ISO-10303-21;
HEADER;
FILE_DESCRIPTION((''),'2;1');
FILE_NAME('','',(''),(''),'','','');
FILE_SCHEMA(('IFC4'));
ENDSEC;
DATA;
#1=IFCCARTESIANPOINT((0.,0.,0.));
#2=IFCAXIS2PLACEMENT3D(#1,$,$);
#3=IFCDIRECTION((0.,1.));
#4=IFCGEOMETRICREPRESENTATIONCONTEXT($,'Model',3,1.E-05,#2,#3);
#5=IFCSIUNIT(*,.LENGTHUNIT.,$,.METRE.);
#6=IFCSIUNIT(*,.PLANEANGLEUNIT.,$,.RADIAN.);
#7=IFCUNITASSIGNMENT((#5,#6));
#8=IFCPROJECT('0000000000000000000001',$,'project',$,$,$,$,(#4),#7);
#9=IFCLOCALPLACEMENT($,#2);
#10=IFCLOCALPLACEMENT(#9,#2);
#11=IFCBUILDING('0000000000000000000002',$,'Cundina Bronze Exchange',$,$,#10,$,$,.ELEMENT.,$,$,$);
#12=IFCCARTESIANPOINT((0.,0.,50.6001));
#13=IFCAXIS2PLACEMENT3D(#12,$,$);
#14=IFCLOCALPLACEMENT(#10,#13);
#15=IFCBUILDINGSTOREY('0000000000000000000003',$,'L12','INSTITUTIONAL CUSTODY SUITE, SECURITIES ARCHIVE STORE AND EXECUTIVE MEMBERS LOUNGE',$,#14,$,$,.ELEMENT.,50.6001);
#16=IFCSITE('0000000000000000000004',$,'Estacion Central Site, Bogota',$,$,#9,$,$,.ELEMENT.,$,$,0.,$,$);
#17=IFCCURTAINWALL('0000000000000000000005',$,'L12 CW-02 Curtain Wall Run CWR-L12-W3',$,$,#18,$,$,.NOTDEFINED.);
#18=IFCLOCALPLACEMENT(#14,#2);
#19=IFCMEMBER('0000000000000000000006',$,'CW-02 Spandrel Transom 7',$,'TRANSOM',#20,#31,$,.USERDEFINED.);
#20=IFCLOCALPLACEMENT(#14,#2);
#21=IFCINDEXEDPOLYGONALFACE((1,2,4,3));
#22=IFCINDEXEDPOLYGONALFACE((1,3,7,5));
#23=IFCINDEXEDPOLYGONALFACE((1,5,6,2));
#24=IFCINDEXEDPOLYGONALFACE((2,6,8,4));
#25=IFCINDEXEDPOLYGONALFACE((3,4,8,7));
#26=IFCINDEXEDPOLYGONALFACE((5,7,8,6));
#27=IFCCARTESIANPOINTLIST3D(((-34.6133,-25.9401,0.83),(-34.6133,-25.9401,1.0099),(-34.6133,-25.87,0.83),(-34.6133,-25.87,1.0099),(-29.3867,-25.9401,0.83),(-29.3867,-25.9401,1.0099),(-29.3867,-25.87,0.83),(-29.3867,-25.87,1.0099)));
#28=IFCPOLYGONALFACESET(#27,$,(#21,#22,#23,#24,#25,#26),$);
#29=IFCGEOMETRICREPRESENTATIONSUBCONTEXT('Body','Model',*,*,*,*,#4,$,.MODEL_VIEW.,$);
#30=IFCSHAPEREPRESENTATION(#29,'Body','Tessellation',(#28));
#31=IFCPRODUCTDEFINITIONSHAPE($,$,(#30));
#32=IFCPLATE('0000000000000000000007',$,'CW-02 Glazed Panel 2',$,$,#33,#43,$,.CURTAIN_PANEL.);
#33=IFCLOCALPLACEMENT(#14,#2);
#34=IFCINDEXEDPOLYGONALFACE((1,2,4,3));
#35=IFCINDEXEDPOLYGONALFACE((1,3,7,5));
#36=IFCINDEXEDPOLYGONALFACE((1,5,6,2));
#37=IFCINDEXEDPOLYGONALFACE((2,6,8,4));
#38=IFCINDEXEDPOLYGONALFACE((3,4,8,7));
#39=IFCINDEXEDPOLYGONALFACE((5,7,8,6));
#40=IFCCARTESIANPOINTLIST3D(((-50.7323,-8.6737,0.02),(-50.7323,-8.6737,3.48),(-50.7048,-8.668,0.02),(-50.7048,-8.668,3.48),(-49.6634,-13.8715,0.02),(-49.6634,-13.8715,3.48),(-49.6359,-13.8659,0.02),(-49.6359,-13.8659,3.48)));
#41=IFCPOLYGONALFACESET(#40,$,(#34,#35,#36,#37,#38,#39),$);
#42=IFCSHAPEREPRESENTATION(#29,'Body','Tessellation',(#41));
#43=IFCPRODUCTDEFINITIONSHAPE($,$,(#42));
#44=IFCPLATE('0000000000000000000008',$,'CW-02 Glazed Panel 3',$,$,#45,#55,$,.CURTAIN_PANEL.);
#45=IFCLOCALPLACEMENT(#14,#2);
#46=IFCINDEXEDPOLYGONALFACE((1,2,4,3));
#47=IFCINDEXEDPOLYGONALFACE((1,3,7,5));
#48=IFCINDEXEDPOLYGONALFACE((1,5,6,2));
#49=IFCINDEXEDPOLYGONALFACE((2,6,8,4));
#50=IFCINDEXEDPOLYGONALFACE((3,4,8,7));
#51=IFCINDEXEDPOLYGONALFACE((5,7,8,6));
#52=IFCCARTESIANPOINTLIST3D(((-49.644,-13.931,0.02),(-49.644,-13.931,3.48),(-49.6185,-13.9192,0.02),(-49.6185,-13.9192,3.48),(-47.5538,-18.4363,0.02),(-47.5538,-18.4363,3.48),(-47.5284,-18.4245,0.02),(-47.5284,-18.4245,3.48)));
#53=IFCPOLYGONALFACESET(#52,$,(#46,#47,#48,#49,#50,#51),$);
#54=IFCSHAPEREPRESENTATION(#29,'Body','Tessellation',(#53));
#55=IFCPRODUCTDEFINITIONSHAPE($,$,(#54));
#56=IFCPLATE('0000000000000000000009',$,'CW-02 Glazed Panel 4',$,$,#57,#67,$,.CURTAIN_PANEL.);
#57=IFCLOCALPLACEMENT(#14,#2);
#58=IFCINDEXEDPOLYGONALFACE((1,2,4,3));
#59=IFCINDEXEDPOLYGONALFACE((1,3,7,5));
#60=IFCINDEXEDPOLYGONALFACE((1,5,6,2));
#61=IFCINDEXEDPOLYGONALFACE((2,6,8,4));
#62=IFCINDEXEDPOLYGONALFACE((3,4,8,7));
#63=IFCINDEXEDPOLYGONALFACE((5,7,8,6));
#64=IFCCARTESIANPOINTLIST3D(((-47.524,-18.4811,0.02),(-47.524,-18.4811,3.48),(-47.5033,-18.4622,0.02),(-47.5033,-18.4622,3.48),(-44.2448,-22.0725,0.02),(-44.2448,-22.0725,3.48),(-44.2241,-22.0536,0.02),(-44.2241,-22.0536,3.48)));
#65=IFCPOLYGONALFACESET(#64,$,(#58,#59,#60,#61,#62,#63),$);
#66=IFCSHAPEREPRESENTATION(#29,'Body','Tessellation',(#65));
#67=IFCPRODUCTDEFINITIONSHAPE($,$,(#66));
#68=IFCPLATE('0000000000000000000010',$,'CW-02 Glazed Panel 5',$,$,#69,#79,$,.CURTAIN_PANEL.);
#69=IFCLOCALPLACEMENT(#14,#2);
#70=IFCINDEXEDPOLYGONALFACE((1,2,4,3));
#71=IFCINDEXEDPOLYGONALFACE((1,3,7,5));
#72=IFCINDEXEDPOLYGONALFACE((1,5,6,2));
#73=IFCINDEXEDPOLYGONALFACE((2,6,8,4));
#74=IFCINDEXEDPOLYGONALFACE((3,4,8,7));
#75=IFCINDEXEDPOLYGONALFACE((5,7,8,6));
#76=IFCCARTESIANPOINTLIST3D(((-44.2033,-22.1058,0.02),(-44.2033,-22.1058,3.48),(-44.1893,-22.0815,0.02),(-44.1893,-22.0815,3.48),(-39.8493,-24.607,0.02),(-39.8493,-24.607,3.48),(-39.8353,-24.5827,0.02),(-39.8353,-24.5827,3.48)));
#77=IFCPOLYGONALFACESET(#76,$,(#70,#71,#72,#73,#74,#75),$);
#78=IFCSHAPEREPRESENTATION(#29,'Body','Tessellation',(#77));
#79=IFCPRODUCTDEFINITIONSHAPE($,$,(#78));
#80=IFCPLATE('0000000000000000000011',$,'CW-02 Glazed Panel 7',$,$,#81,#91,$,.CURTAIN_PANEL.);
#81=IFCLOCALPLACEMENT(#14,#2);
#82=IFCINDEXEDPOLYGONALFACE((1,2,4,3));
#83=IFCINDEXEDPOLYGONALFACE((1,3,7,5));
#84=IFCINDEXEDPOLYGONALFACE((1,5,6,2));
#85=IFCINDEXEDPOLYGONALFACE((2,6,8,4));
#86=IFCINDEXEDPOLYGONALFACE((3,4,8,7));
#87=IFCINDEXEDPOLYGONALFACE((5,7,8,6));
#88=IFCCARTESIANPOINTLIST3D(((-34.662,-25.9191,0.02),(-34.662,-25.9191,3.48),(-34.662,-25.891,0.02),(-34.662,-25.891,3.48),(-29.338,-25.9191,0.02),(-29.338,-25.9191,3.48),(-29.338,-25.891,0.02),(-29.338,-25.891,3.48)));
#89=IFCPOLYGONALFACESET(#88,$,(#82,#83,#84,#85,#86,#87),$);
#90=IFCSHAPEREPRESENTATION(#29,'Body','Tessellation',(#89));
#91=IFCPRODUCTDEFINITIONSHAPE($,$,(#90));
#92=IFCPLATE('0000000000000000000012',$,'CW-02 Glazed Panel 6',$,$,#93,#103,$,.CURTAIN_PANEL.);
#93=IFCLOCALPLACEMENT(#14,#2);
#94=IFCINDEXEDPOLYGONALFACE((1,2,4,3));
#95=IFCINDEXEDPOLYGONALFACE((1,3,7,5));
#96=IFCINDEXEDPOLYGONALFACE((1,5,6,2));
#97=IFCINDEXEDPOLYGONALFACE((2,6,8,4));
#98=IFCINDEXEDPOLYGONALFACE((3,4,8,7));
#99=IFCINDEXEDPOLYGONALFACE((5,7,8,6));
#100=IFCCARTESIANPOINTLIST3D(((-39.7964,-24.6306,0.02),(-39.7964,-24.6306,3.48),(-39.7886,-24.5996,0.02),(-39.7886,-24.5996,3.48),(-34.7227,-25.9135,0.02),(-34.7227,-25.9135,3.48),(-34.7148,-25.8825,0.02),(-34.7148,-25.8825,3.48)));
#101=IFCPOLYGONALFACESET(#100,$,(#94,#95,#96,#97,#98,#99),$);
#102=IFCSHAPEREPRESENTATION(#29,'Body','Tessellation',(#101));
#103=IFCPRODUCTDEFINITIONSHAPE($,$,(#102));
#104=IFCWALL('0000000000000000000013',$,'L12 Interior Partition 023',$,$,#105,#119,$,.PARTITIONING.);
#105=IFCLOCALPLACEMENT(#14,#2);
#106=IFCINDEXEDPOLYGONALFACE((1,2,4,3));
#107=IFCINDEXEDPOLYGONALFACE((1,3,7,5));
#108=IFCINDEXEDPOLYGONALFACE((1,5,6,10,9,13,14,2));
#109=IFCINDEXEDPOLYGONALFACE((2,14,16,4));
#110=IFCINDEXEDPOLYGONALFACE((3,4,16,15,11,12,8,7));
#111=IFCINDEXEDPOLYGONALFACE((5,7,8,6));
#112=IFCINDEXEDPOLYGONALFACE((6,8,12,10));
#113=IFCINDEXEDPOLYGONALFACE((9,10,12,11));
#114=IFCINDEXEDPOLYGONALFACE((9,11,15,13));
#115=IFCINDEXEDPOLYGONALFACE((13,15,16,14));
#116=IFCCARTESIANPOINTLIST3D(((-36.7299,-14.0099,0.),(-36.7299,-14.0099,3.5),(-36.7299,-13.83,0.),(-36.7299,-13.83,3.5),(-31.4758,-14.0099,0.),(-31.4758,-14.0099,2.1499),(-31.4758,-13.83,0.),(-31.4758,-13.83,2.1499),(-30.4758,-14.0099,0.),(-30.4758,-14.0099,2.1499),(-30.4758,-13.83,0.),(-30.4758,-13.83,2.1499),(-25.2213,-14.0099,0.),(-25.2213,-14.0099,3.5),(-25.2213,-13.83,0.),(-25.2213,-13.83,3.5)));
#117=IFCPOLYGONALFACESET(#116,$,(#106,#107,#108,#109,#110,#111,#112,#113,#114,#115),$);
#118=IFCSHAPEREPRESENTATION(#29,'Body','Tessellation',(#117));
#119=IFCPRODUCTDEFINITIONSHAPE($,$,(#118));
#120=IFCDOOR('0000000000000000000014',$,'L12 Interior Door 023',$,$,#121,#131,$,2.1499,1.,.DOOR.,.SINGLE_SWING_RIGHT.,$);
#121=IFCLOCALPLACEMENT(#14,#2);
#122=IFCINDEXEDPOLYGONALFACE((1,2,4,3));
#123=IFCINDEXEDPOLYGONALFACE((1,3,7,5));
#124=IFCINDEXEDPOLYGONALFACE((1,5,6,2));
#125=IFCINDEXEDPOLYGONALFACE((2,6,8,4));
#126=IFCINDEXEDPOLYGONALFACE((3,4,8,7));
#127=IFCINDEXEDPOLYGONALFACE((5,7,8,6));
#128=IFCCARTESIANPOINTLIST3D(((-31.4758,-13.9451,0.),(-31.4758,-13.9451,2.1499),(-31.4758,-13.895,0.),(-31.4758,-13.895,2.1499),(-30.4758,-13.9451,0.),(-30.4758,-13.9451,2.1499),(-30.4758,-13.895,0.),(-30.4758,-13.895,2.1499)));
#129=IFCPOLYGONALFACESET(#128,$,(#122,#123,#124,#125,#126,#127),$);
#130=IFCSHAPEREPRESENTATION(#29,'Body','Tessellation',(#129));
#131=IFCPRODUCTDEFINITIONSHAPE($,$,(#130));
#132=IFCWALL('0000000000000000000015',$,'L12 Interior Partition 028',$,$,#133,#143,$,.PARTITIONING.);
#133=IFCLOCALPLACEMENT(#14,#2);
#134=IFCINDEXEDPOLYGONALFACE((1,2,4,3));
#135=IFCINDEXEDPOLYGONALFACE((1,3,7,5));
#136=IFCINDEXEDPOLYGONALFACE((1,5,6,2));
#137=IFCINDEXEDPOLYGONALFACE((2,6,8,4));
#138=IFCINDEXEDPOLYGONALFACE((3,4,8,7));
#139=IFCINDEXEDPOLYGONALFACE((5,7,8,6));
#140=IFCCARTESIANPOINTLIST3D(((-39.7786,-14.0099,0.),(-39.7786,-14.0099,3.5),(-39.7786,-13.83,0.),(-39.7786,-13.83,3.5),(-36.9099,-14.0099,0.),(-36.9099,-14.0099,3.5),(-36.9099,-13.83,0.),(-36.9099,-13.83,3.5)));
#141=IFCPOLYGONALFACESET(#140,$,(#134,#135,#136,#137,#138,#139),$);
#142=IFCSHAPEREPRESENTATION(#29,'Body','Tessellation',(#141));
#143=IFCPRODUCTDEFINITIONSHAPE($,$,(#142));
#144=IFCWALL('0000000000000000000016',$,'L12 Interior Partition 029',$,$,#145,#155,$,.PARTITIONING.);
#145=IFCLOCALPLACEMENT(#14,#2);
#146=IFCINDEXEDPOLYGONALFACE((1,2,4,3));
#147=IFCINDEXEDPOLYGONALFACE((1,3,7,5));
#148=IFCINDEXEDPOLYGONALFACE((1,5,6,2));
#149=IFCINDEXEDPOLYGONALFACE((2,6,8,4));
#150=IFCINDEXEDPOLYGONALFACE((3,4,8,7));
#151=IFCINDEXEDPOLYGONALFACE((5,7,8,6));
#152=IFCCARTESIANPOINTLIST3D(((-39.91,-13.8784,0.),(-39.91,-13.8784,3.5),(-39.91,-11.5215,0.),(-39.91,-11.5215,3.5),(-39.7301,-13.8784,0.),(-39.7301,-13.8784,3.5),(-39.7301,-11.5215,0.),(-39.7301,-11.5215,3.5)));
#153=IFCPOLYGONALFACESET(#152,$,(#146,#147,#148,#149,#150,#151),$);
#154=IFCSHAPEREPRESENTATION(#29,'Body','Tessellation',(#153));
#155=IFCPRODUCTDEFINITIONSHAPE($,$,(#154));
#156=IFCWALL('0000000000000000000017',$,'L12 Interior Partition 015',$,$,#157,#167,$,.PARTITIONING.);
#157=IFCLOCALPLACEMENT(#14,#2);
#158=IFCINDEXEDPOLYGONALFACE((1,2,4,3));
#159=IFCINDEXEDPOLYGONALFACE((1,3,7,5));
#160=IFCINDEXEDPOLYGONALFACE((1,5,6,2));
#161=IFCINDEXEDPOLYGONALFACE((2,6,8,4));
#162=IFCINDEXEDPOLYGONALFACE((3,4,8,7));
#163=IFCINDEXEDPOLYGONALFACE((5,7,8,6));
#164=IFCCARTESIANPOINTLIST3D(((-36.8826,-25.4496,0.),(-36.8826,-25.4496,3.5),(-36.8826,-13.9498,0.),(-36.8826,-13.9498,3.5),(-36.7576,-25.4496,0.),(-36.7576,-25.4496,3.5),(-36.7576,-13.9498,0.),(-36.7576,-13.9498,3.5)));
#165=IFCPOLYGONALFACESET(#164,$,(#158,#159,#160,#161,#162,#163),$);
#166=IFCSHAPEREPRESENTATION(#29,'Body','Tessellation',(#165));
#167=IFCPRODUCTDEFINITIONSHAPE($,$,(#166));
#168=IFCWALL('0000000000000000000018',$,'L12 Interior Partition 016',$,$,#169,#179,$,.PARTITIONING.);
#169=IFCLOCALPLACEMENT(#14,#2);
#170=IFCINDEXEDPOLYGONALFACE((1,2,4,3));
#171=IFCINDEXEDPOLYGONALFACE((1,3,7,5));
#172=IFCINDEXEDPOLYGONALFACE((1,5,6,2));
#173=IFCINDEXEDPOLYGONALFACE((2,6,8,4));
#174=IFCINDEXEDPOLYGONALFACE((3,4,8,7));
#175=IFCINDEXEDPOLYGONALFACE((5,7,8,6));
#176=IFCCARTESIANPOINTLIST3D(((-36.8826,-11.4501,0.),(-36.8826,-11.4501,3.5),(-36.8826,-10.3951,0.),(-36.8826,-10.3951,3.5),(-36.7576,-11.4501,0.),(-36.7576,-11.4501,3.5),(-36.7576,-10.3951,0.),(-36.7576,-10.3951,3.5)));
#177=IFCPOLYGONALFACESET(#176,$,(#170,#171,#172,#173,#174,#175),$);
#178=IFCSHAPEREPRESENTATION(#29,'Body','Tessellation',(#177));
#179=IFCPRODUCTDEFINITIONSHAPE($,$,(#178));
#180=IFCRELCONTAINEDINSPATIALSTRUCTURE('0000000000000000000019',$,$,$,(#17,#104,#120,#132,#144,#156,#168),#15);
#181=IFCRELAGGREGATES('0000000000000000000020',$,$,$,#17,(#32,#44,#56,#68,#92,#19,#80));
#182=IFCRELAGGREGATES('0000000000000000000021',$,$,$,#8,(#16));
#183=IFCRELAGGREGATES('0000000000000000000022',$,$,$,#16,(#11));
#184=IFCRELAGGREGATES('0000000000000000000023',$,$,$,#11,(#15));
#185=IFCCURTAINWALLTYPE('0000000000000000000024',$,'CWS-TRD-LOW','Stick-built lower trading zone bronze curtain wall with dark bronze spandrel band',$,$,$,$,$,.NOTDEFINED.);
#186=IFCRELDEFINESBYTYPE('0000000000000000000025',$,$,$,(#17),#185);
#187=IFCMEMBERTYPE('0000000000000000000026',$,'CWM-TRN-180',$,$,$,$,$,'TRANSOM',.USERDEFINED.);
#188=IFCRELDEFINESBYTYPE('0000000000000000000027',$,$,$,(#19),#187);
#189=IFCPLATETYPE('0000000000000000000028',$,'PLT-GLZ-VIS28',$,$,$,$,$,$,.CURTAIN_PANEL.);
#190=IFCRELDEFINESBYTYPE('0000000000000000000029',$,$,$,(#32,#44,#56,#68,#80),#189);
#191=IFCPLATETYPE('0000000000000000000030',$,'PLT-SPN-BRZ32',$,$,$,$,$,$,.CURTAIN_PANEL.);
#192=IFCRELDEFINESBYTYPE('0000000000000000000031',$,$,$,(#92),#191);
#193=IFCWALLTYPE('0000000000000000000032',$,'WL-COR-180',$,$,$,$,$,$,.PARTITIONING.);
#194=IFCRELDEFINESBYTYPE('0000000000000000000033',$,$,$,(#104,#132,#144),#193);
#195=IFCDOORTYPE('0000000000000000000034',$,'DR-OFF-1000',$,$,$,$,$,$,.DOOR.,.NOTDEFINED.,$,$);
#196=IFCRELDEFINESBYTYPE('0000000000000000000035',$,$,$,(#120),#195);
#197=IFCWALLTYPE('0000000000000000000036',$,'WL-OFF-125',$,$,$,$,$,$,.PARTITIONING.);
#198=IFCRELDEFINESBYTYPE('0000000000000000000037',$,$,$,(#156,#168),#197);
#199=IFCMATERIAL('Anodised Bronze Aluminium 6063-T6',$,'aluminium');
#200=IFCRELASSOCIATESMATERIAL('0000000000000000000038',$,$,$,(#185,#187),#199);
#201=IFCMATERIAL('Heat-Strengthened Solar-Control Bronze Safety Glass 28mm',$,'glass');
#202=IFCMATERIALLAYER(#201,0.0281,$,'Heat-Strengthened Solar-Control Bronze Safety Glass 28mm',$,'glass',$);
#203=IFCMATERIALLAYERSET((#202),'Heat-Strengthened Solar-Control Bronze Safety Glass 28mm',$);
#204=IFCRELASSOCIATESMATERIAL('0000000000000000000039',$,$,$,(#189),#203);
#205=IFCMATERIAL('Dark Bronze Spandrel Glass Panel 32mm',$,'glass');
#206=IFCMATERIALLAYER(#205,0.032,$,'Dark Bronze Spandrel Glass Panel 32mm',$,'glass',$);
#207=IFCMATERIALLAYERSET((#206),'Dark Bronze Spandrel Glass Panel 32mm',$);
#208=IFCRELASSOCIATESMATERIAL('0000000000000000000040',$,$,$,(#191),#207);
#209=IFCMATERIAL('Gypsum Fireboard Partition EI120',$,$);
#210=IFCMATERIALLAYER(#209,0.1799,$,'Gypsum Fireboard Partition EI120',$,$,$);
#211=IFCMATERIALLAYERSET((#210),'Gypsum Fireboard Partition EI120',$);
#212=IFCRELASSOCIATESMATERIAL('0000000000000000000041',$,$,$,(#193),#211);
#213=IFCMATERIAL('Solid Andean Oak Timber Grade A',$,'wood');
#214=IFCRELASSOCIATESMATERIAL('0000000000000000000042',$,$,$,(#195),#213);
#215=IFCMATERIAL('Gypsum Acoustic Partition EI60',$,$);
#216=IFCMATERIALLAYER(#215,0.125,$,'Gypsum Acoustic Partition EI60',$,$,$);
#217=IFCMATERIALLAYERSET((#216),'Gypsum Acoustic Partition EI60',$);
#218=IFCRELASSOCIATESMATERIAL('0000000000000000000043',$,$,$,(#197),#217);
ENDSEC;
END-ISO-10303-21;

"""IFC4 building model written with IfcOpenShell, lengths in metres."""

from ifc_helpers import new_model, si_unit, direction, frame, frame_2d, origin, origin_2d, place, context, subcontext, project, spatial, rectangle, extrude, material, layer, layer_set, material_profile, profile_set, type_object, element, fill, aggregate, save


model = new_model("IFC4")

# Units and contexts
model_context = context("Model", 3, precision=1e-05, world=origin(), true_north=direction((0.0, 1.0)))
body_context = subcontext(model_context, "Body", "Model", "MODEL_VIEW")
ifc_project = project(units=[si_unit("LENGTHUNIT", "METRE"), si_unit("PLANEANGLEUNIT", "RADIAN")], contexts=[model_context])

# Site, building, storey
site_placement = place(None, origin())
site = spatial("IfcSite", under=ifc_project, at=site_placement, Name="Estacion Central Site, Bogota", CompositionType="ELEMENT", RefElevation=0.0)
building_placement = place(site_placement, origin())
building = spatial("IfcBuilding", under=site, at=building_placement, Name="Cundina Bronze Exchange", CompositionType="ELEMENT")
storey_placement = place(building_placement, frame((0.0, 0.0, 50.6001)))
storey = spatial("IfcBuildingStorey", under=building, at=storey_placement, Name="L12", Description="INSTITUTIONAL CUSTODY SUITE, SECURITIES ARCHIVE STORE AND EXECUTIVE MEMBERS LOUNGE", CompositionType="ELEMENT", Elevation=50.6001)

# Curtain wall, member, plates
ifc_material_1 = material(Name="Anodised Bronze Aluminium 6063-T6", Category="aluminium")
curtain_wall_type = type_object("IfcCurtainWallType", Name="CWS-TRD-LOW", Description="Stick-built lower trading zone bronze curtain wall with dark bronze spandrel band", PredefinedType="NOTDEFINED", material=ifc_material_1)
curtain_wall_placement = place(storey_placement, origin())
curtain_wall = element("IfcCurtainWall", 1, at=curtain_wall_placement, inside=storey, type_object=curtain_wall_type, Name="L12 CW-02 Curtain Wall Run CWR-L12-W3", PredefinedType="NOTDEFINED")
ifc_material_profile_1 = material_profile(ifc_material_1, rectangle(XDim=0.0701, YDim=0.1799, at=origin_2d()), Name="AL70X180", Category="aluminium")
ifc_profile_set_1 = profile_set([ifc_material_profile_1], Name="Anodised Bronze Aluminium 6063-T6")
member_type_1 = type_object("IfcMemberType", Name="CWM-TRN-180", ElementType="TRANSOM", PredefinedType="USERDEFINED", material=ifc_profile_set_1)
member_1_placement = place(storey_placement, frame((-34.6133, -25.905, 0.9199), z_axis=(1.0, 0.0, 0.0), x_axis=(0.0, 1.0, 0.0)))
member_1 = element("IfcMember", 2, at=member_1_placement, type_object=member_type_1, Name="CW-02 Spandrel Transom 7", ObjectType="TRANSOM", PredefinedType="USERDEFINED", context=body_context, shape_type="SweptSolid", body=[
    extrude(rectangle(XDim=0.0701, YDim=0.1799, at=origin_2d()), origin(), (0.0, 0.0, 1.0), 5.2266),
])
ifc_material_2 = material(Name="Heat-Strengthened Solar-Control Bronze Safety Glass 28mm", Category="glass")
ifc_layer_1 = layer(ifc_material_2, 0.0281, Name="Heat-Strengthened Solar-Control Bronze Safety Glass 28mm", Category="glass")
ifc_layer_set_1 = layer_set([ifc_layer_1], Name="Heat-Strengthened Solar-Control Bronze Safety Glass 28mm")
plate_type_1 = type_object("IfcPlateType", Name="PLT-GLZ-VIS28", PredefinedType="CURTAIN_PANEL", material=ifc_layer_set_1)
plate_1_placement = place(storey_placement, frame((-50.1841, -11.2698, 0.02), z_axis=(0.0, 0.0, 1.0), x_axis=(0.20142, -0.979505, 0.0)))
plate_1 = element("IfcPlate", 3, at=plate_1_placement, type_object=plate_type_1, Name="CW-02 Glazed Panel 2", PredefinedType="CURTAIN_PANEL", context=body_context, shape_type="SweptSolid", body=[
    extrude(rectangle(XDim=5.3066, YDim=0.0281, at=origin_2d()), origin(), (0.0, 0.0, 1.0), 3.46),
])
plate_2_placement = place(storey_placement, frame((-48.5862, -16.1777, 0.02), z_axis=(0.0, 0.0, 1.0), x_axis=(0.420846, -0.907132, 0.0)))
plate_2 = element("IfcPlate", 4, at=plate_2_placement, type_object=plate_type_1, Name="CW-02 Glazed Panel 3", PredefinedType="CURTAIN_PANEL", context=body_context, shape_type="SweptSolid", body=[
    extrude(rectangle(XDim=4.9666, YDim=0.0281, at=origin_2d()), origin(), (0.0, 0.0, 1.0), 3.46),
])
plate_3_placement = place(storey_placement, frame((-45.874, -20.2673, 0.02), z_axis=(0.0, 0.0, 1.0), x_axis=(0.674277, -0.738479, 0.0)))
plate_3 = element("IfcPlate", 5, at=plate_3_placement, type_object=plate_type_1, Name="CW-02 Glazed Panel 4", PredefinedType="CURTAIN_PANEL", context=body_context, shape_type="SweptSolid", body=[
    extrude(rectangle(XDim=4.8633, YDim=0.0281, at=origin_2d()), origin(), (0.0, 0.0, 1.0), 3.46),
])
plate_4_placement = place(storey_placement, frame((-42.0193, -23.3442, 0.02), z_axis=(0.0, 0.0, 1.0), x_axis=(0.867105, -0.498125, 0.0)))
plate_4 = element("IfcPlate", 6, at=plate_4_placement, type_object=plate_type_1, Name="CW-02 Glazed Panel 5", PredefinedType="CURTAIN_PANEL", context=body_context, shape_type="SweptSolid", body=[
    extrude(rectangle(XDim=5.0212, YDim=0.0281, at=origin_2d()), origin(), (0.0, 0.0, 1.0), 3.46),
])
plate_5_placement = place(storey_placement, frame((-32.0, -25.905, 0.02), z_axis=(0.0, 0.0, 1.0), x_axis=(1.0, 0.0, 0.0)))
plate_5 = element("IfcPlate", 7, at=plate_5_placement, type_object=plate_type_1, Name="CW-02 Glazed Panel 7", PredefinedType="CURTAIN_PANEL", context=body_context, shape_type="SweptSolid", body=[
    extrude(rectangle(XDim=5.324, YDim=0.0281, at=origin_2d()), origin(), (0.0, 0.0, 1.0), 3.46),
])
ifc_material_3 = material(Name="Dark Bronze Spandrel Glass Panel 32mm", Category="glass")
ifc_layer_2 = layer(ifc_material_3, 0.032, Name="Dark Bronze Spandrel Glass Panel 32mm", Category="glass")
ifc_layer_set_2 = layer_set([ifc_layer_2], Name="Dark Bronze Spandrel Glass Panel 32mm")
plate_type_2 = type_object("IfcPlateType", Name="PLT-SPN-BRZ32", PredefinedType="CURTAIN_PANEL", material=ifc_layer_set_2)
plate_6_placement = place(storey_placement, frame((-37.2556, -25.2566, 0.02), z_axis=(0.0, 0.0, 1.0), x_axis=(0.969488, -0.245138, 0.0)))
plate_6 = element("IfcPlate", 8, at=plate_6_placement, type_object=plate_type_2, Name="CW-02 Glazed Panel 6", PredefinedType="CURTAIN_PANEL", context=body_context, shape_type="SweptSolid", body=[
    extrude(rectangle(XDim=5.2334, YDim=0.032, at=origin_2d()), origin(), (0.0, 0.0, 1.0), 3.46),
])
aggregate(curtain_wall, [plate_1, plate_2, plate_3, plate_4, plate_6, member_1, plate_5])

# Wall, opening, door
ifc_material_4 = material(Name="Gypsum Fireboard Partition EI120")
ifc_layer_3 = layer(ifc_material_4, 0.1799, Name="Gypsum Fireboard Partition EI120")
ifc_layer_set_3 = layer_set([ifc_layer_3], Name="Gypsum Fireboard Partition EI120")
wall_type_1 = type_object("IfcWallType", Name="WL-COR-180", PredefinedType="PARTITIONING", material=ifc_layer_set_3)
wall_1_placement = place(storey_placement, frame((-36.73, -13.9199, 0.0), z_axis=(0.0, 0.0, 1.0), x_axis=(1.0, 0.0, 0.0)))
wall_1 = element("IfcWall", 9, at=wall_1_placement, inside=storey, type_object=wall_type_1, Name="L12 Interior Partition 023", PredefinedType="PARTITIONING", context=body_context, shape_type="SweptSolid", body=[
    extrude(rectangle(XDim=11.5085, YDim=0.1799, at=frame_2d((5.7544, 0.0))), origin(), (0.0, 0.0, 1.0), 3.5),
])
opening_1_placement = place(wall_1_placement, frame((5.2542, 0.0, 0.0)))
opening_1 = element("IfcOpeningElement", 10, at=opening_1_placement, cuts=wall_1, PredefinedType="OPENING", context=body_context, shape_type="SweptSolid", body=[
    extrude(rectangle(XDim=1.0, YDim=2.1499, at=frame_2d((0.5, 1.075))), frame((0.0, 0.0999, 0.0), z_axis=(0.0, -1.0, 0.0), x_axis=(1.0, 0.0, 0.0)), (0.0, 0.0, 1.0), 0.2),
])
ifc_material_5 = material(Name="Solid Andean Oak Timber Grade A", Category="wood")
door_type = type_object("IfcDoorType", Name="DR-OFF-1000", OperationType="NOTDEFINED", PredefinedType="DOOR", material=ifc_material_5)
door_1_placement = place(opening_1_placement, origin())
door_1 = element("IfcDoor", 11, at=door_1_placement, inside=storey, type_object=door_type, Name="L12 Interior Door 023", OperationType="SINGLE_SWING_RIGHT", OverallHeight=2.1499, OverallWidth=1.0, PredefinedType="DOOR", context=body_context, shape_type="SweptSolid", body=[
    extrude(rectangle(XDim=1.0, YDim=2.1499, at=frame_2d((0.5, 1.075))), frame((0.0, 0.0249, 0.0), z_axis=(0.0, -1.0, 0.0), x_axis=(1.0, 0.0, 0.0)), (0.0, 0.0, 1.0), 0.05),
])
fill(opening_1, door_1)

# Walls
wall_2_placement = place(storey_placement, frame((-39.7786, -13.9199, 0.0), z_axis=(0.0, 0.0, 1.0), x_axis=(1.0, 0.0, 0.0)))
element("IfcWall", 12, at=wall_2_placement, inside=storey, type_object=wall_type_1, Name="L12 Interior Partition 028", PredefinedType="PARTITIONING", context=body_context, shape_type="SweptSolid", body=[
    extrude(rectangle(XDim=2.8687, YDim=0.1799, at=frame_2d((1.4343, 0.0))), origin(), (0.0, 0.0, 1.0), 3.5),
])
wall_3_placement = place(storey_placement, frame((-39.8201, -11.5215, 0.0), z_axis=(0.0, 0.0, 1.0), x_axis=(0.0, -1.0, 0.0)))
element("IfcWall", 13, at=wall_3_placement, inside=storey, type_object=wall_type_1, Name="L12 Interior Partition 029", PredefinedType="PARTITIONING", context=body_context, shape_type="SweptSolid", body=[
    extrude(rectangle(XDim=2.3569, YDim=0.1799, at=frame_2d((1.1785, 0.0))), origin(), (0.0, 0.0, 1.0), 3.5),
])
ifc_material_6 = material(Name="Gypsum Acoustic Partition EI60")
ifc_layer_4 = layer(ifc_material_6, 0.125, Name="Gypsum Acoustic Partition EI60")
ifc_layer_set_4 = layer_set([ifc_layer_4], Name="Gypsum Acoustic Partition EI60")
wall_type_2 = type_object("IfcWallType", Name="WL-OFF-125", PredefinedType="PARTITIONING", material=ifc_layer_set_4)
wall_4_placement = place(storey_placement, frame((-36.8201, -25.4497, 0.0), z_axis=(0.0, 0.0, 1.0), x_axis=(0.0, 1.0, 0.0)))
element("IfcWall", 14, at=wall_4_placement, inside=storey, type_object=wall_type_2, Name="L12 Interior Partition 015", PredefinedType="PARTITIONING", context=body_context, shape_type="SweptSolid", body=[
    extrude(rectangle(XDim=11.4998, YDim=0.125, at=frame_2d((5.75, 0.0))), origin(), (0.0, 0.0, 1.0), 3.5),
])
wall_5_placement = place(storey_placement, frame((-36.8201, -11.45, 0.0), z_axis=(0.0, 0.0, 1.0), x_axis=(0.0, 1.0, 0.0)))
element("IfcWall", 15, at=wall_5_placement, inside=storey, type_object=wall_type_2, Name="L12 Interior Partition 016", PredefinedType="PARTITIONING", context=body_context, shape_type="SweptSolid", body=[
    extrude(rectangle(XDim=1.0549, YDim=0.125, at=frame_2d((0.5273, 0.0))), origin(), (0.0, 0.0, 1.0), 3.5),
])

save(model, "model.ifc")
